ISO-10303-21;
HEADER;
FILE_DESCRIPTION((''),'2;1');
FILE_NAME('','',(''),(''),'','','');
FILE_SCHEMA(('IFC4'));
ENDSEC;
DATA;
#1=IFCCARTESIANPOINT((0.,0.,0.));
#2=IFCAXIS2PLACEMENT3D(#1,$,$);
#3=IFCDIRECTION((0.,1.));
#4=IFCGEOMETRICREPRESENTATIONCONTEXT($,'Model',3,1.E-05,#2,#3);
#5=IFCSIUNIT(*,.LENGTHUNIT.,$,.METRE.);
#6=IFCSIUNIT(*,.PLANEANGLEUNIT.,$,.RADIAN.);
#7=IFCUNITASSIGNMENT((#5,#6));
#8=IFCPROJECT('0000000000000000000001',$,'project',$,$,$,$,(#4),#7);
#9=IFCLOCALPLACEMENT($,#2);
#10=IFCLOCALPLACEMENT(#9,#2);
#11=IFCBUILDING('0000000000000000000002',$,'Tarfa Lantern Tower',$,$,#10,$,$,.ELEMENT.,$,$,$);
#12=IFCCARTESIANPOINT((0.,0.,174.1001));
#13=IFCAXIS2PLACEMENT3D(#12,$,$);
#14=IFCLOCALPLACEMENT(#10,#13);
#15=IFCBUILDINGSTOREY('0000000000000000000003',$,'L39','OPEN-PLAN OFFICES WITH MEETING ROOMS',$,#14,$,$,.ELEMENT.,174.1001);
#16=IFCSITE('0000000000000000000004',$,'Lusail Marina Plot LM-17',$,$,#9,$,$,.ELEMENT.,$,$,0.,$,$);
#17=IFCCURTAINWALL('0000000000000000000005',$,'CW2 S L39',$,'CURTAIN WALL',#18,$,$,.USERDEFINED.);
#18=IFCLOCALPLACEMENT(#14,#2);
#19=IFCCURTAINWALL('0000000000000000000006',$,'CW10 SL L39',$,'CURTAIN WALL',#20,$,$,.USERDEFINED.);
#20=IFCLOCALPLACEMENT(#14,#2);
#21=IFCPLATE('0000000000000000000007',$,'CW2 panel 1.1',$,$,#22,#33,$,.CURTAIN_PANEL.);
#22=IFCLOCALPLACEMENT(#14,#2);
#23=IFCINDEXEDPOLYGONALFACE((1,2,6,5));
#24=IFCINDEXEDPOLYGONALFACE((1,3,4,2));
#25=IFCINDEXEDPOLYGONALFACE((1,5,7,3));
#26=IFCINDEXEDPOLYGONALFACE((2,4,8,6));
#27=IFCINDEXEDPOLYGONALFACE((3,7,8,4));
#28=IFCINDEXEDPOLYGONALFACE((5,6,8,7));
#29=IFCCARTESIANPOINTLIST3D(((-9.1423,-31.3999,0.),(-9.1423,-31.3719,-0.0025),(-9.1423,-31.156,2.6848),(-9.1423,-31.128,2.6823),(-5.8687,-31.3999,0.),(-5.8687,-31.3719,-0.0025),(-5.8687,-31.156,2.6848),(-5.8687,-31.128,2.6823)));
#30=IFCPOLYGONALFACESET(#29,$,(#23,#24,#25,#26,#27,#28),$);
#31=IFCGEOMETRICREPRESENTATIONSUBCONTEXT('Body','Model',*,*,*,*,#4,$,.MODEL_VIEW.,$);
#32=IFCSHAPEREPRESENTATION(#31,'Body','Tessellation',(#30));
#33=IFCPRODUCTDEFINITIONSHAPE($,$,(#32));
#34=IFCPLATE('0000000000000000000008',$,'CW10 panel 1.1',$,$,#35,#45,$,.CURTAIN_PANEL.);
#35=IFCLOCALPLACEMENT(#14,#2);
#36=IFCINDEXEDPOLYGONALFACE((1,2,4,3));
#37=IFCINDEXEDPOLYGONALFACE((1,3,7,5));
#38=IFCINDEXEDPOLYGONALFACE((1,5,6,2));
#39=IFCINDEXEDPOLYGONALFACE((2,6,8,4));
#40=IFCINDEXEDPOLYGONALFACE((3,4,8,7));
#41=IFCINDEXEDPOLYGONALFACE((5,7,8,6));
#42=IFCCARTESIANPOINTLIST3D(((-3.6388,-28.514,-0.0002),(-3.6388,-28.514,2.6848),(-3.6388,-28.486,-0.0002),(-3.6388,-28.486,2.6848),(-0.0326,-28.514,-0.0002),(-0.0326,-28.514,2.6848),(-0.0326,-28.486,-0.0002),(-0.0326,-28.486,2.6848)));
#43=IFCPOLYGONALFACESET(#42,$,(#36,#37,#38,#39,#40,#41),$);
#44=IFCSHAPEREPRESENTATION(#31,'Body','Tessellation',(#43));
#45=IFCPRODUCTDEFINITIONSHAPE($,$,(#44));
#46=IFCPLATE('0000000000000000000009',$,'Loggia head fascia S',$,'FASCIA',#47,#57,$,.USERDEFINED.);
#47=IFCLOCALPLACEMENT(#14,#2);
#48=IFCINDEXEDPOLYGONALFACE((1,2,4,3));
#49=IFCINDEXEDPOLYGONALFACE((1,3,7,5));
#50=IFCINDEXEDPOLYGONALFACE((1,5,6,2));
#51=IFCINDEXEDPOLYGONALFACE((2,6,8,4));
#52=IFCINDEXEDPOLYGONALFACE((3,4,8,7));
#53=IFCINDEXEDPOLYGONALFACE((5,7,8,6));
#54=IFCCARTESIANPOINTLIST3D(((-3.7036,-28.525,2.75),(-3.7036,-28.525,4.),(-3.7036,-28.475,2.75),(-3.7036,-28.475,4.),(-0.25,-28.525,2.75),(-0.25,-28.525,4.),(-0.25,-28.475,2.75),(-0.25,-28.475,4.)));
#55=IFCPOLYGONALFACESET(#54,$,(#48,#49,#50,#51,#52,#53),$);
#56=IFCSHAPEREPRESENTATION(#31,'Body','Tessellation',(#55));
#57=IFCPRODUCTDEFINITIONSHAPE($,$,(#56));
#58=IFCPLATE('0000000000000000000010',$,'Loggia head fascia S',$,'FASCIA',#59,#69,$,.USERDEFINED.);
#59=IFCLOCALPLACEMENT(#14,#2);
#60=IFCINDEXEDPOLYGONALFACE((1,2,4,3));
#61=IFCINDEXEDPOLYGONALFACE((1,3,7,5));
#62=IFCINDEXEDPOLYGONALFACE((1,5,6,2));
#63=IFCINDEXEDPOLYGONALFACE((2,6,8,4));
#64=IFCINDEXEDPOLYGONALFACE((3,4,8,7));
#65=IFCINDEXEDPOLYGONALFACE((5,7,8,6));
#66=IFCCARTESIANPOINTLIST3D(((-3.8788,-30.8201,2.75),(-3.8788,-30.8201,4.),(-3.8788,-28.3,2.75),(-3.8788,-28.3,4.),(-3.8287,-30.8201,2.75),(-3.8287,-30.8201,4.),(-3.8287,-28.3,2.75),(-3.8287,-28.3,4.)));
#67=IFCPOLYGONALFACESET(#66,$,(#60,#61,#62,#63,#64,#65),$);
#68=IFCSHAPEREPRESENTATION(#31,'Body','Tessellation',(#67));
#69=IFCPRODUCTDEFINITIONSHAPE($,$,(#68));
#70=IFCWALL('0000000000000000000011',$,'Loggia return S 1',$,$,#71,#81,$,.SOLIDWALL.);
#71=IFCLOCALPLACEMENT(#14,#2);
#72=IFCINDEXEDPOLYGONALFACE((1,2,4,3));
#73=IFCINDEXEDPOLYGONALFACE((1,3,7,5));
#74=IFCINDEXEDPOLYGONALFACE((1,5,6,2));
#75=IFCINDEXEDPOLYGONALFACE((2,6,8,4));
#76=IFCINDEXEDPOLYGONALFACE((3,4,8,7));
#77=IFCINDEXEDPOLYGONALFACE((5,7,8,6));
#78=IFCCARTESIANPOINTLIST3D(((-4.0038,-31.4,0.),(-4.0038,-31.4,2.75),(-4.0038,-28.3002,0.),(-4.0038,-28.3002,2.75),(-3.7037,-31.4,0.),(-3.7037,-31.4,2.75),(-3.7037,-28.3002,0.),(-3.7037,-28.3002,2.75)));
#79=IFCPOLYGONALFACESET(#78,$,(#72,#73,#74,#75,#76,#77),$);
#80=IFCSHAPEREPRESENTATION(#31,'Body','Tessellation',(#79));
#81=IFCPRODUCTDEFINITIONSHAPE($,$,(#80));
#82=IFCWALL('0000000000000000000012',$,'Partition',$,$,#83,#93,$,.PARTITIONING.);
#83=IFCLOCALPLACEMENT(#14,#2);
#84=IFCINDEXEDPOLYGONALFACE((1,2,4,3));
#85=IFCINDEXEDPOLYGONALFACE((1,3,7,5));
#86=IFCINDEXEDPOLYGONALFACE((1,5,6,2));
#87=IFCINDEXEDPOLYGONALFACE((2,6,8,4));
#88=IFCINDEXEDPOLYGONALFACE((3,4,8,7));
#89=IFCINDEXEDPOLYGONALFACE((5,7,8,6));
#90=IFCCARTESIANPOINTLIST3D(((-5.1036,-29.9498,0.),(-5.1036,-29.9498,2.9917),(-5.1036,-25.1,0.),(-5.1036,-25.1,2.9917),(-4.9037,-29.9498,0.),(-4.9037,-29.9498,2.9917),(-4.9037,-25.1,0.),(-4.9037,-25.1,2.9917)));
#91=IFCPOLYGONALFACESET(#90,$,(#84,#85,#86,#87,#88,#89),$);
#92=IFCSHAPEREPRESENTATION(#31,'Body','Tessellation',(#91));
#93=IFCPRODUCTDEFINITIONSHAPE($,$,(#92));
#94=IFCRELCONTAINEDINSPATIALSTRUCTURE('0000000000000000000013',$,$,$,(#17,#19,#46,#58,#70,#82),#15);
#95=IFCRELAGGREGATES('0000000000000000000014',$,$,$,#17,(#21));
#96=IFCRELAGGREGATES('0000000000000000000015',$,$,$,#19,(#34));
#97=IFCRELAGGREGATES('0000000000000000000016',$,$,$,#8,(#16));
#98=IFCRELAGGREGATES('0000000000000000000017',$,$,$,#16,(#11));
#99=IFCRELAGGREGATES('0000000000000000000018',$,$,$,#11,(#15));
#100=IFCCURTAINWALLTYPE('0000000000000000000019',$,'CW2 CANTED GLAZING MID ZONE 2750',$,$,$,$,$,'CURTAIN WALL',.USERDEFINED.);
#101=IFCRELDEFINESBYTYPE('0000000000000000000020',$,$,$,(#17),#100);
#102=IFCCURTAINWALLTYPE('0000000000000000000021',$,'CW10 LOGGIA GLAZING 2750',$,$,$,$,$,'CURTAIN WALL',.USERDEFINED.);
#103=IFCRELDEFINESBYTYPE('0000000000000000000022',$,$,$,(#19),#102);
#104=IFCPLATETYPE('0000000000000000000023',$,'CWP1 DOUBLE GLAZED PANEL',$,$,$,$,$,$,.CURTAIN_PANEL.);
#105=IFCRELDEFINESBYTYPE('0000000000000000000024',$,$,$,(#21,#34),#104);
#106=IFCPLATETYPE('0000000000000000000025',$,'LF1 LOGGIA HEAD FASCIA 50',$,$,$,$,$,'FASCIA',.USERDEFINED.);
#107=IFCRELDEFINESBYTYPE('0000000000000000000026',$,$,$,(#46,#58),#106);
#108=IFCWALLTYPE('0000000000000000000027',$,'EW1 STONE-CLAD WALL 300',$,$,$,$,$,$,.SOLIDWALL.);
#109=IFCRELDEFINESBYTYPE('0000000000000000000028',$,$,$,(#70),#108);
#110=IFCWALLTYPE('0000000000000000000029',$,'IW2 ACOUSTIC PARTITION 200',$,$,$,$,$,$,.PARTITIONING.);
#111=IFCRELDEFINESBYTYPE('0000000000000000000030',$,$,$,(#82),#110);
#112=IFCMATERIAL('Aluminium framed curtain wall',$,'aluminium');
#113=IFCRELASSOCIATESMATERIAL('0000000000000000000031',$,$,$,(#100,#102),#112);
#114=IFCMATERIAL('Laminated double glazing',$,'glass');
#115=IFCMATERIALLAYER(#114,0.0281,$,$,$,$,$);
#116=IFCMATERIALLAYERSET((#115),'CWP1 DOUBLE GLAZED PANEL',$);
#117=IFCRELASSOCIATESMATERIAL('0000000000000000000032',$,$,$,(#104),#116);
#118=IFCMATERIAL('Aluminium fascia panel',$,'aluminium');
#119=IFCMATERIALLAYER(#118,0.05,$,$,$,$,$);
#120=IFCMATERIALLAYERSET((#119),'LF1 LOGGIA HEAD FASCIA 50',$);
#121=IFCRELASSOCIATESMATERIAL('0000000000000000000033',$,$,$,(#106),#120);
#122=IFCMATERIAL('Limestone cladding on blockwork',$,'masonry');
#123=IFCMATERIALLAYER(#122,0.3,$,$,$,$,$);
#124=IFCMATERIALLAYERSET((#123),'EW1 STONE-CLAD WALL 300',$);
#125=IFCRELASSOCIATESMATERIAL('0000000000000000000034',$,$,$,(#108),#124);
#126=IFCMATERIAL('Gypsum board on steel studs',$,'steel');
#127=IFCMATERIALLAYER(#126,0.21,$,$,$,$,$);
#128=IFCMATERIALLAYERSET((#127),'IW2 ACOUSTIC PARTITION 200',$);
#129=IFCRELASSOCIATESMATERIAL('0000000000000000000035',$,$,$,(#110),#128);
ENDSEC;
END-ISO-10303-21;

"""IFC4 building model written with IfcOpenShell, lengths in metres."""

from ifc_helpers import new_model, si_unit, direction, frame, frame_2d, origin, origin_2d, place, context, subcontext, project, spatial, polyline, rectangle, outline, extrude, material, layer, layer_set, type_object, element, aggregate, save


model = new_model("IFC4")

# Units and contexts
model_context = context("Model", 3, precision=1e-05, world=origin(), true_north=direction((0.0, 1.0)))
body_context = subcontext(model_context, "Body", "Model", "MODEL_VIEW")
ifc_project = project(units=[si_unit("LENGTHUNIT", "METRE"), si_unit("PLANEANGLEUNIT", "RADIAN")], contexts=[model_context])

# Site, building, storey
site_placement = place(None, origin())
site = spatial("IfcSite", under=ifc_project, at=site_placement, Name="Lusail Marina Plot LM-17", CompositionType="ELEMENT", RefElevation=0.0)
building_placement = place(site_placement, origin())
building = spatial("IfcBuilding", under=site, at=building_placement, Name="Tarfa Lantern Tower", CompositionType="ELEMENT")
storey_placement = place(building_placement, frame((0.0, 0.0, 174.1001)))
storey = spatial("IfcBuildingStorey", under=building, at=storey_placement, Name="L39", Description="OPEN-PLAN OFFICES WITH MEETING ROOMS", CompositionType="ELEMENT", Elevation=174.1001)

# Shared definitions
ifc_material_1 = material(Name="Aluminium framed curtain wall", Category="aluminium")
curtain_wall_type_1 = type_object("IfcCurtainWallType", Name="CW2 CANTED GLAZING MID ZONE 2750", ElementType="CURTAIN WALL", PredefinedType="USERDEFINED", material=ifc_material_1)

# Curtain walls
curtain_wall_1_placement = place(storey_placement, origin())
curtain_wall_1 = element("IfcCurtainWall", 1, at=curtain_wall_1_placement, inside=storey, type_object=curtain_wall_type_1, Name="CW2 S L39", ObjectType="CURTAIN WALL", PredefinedType="USERDEFINED")
curtain_wall_type_2 = type_object("IfcCurtainWallType", Name="CW10 LOGGIA GLAZING 2750", ElementType="CURTAIN WALL", PredefinedType="USERDEFINED", material=ifc_material_1)
curtain_wall_2_placement = place(storey_placement, origin())
curtain_wall_2 = element("IfcCurtainWall", 2, at=curtain_wall_2_placement, inside=storey, type_object=curtain_wall_type_2, Name="CW10 SL L39", ObjectType="CURTAIN WALL", PredefinedType="USERDEFINED")

# Plates
ifc_material_2 = material(Name="Laminated double glazing", Category="glass")
ifc_layer_1 = layer(ifc_material_2, 0.0281)
ifc_layer_set_1 = layer_set([ifc_layer_1], Name="CWP1 DOUBLE GLAZED PANEL")
plate_type_1 = type_object("IfcPlateType", Name="CWP1 DOUBLE GLAZED PANEL", PredefinedType="CURTAIN_PANEL", material=ifc_layer_set_1)
plate_1_placement = place(storey_placement, frame((-9.1423, -31.3999, 0.0), z_axis=(0.0, -0.995899, 0.09047), x_axis=(1.0, 0.0, 0.0)))
plate_1 = element("IfcPlate", 3, at=plate_1_placement, type_object=plate_type_1, Name="CW2 panel 1.1", PredefinedType="CURTAIN_PANEL", context=body_context, shape_type="SweptSolid", body=[
    extrude(outline(polyline([(0.0, 0.0), (3.2737, 0.0), (3.2737, 2.6959), (0.0, 2.6959), (0.0, 0.0)])), origin(), (0.0, 0.0, -1.0), 0.0281),
])
aggregate(curtain_wall_1, [plate_1])
plate_2_placement = place(storey_placement, frame((-1.8357, -28.5, -0.0002), z_axis=(0.0, 0.0, 1.0), x_axis=(1.0, 0.0, 0.0)))
plate_2 = element("IfcPlate", 4, at=plate_2_placement, type_object=plate_type_1, Name="CW10 panel 1.1", PredefinedType="CURTAIN_PANEL", context=body_context, shape_type="SweptSolid", body=[
    extrude(rectangle(XDim=3.6062, YDim=0.0281, at=origin_2d()), origin(), (0.0, 0.0, 1.0), 2.6851),
])
aggregate(curtain_wall_2, [plate_2])

# Plates
ifc_material_3 = material(Name="Aluminium fascia panel", Category="aluminium")
ifc_layer_2 = layer(ifc_material_3, 0.05)
ifc_layer_set_2 = layer_set([ifc_layer_2], Name="LF1 LOGGIA HEAD FASCIA 50")
plate_type_2 = type_object("IfcPlateType", Name="LF1 LOGGIA HEAD FASCIA 50", ElementType="FASCIA", PredefinedType="USERDEFINED", material=ifc_layer_set_2)
plate_3_placement = place(storey_placement, frame((-1.9768, -28.5, 2.75), z_axis=(0.0, 0.0, 1.0), x_axis=(1.0, 0.0, 0.0)))
element("IfcPlate", 5, at=plate_3_placement, inside=storey, type_object=plate_type_2, Name="Loggia head fascia S", ObjectType="FASCIA", PredefinedType="USERDEFINED", context=body_context, shape_type="SweptSolid", body=[
    extrude(rectangle(XDim=3.4536, YDim=0.05, at=origin_2d()), origin(), (0.0, 0.0, 1.0), 1.25),
])
plate_4_placement = place(storey_placement, frame((-3.8538, -29.5601, 2.75), z_axis=(0.0, 0.0, 1.0), x_axis=(0.0, 1.0, 0.0)))
element("IfcPlate", 6, at=plate_4_placement, inside=storey, type_object=plate_type_2, Name="Loggia head fascia S", ObjectType="FASCIA", PredefinedType="USERDEFINED", context=body_context, shape_type="SweptSolid", body=[
    extrude(rectangle(XDim=2.52, YDim=0.05, at=origin_2d()), origin(), (0.0, 0.0, 1.0), 1.25),
])

# Walls
ifc_material_4 = material(Name="Limestone cladding on blockwork", Category="masonry")
ifc_layer_3 = layer(ifc_material_4, 0.3)
ifc_layer_set_3 = layer_set([ifc_layer_3], Name="EW1 STONE-CLAD WALL 300")
wall_type_1 = type_object("IfcWallType", Name="EW1 STONE-CLAD WALL 300", PredefinedType="SOLIDWALL", material=ifc_layer_set_3)
wall_1_placement = place(storey_placement, frame((-3.8538, -31.3999, 0.0), z_axis=(0.0, 0.0, 1.0), x_axis=(0.0, 1.0, 0.0)))
element("IfcWall", 7, at=wall_1_placement, inside=storey, type_object=wall_type_1, Name="Loggia return S 1", PredefinedType="SOLIDWALL", context=body_context, shape_type="SweptSolid", body=[
    extrude(rectangle(XDim=3.0999, YDim=0.3, at=frame_2d((1.5498, 0.0))), origin(), (0.0, 0.0, 1.0), 2.75),
])
ifc_material_5 = material(Name="Gypsum board on steel studs", Category="steel")
ifc_layer_4 = layer(ifc_material_5, 0.21)
ifc_layer_set_4 = layer_set([ifc_layer_4], Name="IW2 ACOUSTIC PARTITION 200")
wall_type_2 = type_object("IfcWallType", Name="IW2 ACOUSTIC PARTITION 200", PredefinedType="PARTITIONING", material=ifc_layer_set_4)
wall_2_placement = place(storey_placement, frame((-5.0037, -25.1001, 0.0), z_axis=(0.0, 0.0, 1.0), x_axis=(0.0, -1.0, 0.0)))
element("IfcWall", 8, at=wall_2_placement, inside=storey, type_object=wall_type_2, Name="Partition", PredefinedType="PARTITIONING", context=body_context, shape_type="SweptSolid", body=[
    extrude(rectangle(XDim=4.8499, YDim=0.2, at=frame_2d((2.4248, 0.0))), origin(), (0.0, 0.0, 1.0), 2.9917),
])

save(model, "model.ifc")
